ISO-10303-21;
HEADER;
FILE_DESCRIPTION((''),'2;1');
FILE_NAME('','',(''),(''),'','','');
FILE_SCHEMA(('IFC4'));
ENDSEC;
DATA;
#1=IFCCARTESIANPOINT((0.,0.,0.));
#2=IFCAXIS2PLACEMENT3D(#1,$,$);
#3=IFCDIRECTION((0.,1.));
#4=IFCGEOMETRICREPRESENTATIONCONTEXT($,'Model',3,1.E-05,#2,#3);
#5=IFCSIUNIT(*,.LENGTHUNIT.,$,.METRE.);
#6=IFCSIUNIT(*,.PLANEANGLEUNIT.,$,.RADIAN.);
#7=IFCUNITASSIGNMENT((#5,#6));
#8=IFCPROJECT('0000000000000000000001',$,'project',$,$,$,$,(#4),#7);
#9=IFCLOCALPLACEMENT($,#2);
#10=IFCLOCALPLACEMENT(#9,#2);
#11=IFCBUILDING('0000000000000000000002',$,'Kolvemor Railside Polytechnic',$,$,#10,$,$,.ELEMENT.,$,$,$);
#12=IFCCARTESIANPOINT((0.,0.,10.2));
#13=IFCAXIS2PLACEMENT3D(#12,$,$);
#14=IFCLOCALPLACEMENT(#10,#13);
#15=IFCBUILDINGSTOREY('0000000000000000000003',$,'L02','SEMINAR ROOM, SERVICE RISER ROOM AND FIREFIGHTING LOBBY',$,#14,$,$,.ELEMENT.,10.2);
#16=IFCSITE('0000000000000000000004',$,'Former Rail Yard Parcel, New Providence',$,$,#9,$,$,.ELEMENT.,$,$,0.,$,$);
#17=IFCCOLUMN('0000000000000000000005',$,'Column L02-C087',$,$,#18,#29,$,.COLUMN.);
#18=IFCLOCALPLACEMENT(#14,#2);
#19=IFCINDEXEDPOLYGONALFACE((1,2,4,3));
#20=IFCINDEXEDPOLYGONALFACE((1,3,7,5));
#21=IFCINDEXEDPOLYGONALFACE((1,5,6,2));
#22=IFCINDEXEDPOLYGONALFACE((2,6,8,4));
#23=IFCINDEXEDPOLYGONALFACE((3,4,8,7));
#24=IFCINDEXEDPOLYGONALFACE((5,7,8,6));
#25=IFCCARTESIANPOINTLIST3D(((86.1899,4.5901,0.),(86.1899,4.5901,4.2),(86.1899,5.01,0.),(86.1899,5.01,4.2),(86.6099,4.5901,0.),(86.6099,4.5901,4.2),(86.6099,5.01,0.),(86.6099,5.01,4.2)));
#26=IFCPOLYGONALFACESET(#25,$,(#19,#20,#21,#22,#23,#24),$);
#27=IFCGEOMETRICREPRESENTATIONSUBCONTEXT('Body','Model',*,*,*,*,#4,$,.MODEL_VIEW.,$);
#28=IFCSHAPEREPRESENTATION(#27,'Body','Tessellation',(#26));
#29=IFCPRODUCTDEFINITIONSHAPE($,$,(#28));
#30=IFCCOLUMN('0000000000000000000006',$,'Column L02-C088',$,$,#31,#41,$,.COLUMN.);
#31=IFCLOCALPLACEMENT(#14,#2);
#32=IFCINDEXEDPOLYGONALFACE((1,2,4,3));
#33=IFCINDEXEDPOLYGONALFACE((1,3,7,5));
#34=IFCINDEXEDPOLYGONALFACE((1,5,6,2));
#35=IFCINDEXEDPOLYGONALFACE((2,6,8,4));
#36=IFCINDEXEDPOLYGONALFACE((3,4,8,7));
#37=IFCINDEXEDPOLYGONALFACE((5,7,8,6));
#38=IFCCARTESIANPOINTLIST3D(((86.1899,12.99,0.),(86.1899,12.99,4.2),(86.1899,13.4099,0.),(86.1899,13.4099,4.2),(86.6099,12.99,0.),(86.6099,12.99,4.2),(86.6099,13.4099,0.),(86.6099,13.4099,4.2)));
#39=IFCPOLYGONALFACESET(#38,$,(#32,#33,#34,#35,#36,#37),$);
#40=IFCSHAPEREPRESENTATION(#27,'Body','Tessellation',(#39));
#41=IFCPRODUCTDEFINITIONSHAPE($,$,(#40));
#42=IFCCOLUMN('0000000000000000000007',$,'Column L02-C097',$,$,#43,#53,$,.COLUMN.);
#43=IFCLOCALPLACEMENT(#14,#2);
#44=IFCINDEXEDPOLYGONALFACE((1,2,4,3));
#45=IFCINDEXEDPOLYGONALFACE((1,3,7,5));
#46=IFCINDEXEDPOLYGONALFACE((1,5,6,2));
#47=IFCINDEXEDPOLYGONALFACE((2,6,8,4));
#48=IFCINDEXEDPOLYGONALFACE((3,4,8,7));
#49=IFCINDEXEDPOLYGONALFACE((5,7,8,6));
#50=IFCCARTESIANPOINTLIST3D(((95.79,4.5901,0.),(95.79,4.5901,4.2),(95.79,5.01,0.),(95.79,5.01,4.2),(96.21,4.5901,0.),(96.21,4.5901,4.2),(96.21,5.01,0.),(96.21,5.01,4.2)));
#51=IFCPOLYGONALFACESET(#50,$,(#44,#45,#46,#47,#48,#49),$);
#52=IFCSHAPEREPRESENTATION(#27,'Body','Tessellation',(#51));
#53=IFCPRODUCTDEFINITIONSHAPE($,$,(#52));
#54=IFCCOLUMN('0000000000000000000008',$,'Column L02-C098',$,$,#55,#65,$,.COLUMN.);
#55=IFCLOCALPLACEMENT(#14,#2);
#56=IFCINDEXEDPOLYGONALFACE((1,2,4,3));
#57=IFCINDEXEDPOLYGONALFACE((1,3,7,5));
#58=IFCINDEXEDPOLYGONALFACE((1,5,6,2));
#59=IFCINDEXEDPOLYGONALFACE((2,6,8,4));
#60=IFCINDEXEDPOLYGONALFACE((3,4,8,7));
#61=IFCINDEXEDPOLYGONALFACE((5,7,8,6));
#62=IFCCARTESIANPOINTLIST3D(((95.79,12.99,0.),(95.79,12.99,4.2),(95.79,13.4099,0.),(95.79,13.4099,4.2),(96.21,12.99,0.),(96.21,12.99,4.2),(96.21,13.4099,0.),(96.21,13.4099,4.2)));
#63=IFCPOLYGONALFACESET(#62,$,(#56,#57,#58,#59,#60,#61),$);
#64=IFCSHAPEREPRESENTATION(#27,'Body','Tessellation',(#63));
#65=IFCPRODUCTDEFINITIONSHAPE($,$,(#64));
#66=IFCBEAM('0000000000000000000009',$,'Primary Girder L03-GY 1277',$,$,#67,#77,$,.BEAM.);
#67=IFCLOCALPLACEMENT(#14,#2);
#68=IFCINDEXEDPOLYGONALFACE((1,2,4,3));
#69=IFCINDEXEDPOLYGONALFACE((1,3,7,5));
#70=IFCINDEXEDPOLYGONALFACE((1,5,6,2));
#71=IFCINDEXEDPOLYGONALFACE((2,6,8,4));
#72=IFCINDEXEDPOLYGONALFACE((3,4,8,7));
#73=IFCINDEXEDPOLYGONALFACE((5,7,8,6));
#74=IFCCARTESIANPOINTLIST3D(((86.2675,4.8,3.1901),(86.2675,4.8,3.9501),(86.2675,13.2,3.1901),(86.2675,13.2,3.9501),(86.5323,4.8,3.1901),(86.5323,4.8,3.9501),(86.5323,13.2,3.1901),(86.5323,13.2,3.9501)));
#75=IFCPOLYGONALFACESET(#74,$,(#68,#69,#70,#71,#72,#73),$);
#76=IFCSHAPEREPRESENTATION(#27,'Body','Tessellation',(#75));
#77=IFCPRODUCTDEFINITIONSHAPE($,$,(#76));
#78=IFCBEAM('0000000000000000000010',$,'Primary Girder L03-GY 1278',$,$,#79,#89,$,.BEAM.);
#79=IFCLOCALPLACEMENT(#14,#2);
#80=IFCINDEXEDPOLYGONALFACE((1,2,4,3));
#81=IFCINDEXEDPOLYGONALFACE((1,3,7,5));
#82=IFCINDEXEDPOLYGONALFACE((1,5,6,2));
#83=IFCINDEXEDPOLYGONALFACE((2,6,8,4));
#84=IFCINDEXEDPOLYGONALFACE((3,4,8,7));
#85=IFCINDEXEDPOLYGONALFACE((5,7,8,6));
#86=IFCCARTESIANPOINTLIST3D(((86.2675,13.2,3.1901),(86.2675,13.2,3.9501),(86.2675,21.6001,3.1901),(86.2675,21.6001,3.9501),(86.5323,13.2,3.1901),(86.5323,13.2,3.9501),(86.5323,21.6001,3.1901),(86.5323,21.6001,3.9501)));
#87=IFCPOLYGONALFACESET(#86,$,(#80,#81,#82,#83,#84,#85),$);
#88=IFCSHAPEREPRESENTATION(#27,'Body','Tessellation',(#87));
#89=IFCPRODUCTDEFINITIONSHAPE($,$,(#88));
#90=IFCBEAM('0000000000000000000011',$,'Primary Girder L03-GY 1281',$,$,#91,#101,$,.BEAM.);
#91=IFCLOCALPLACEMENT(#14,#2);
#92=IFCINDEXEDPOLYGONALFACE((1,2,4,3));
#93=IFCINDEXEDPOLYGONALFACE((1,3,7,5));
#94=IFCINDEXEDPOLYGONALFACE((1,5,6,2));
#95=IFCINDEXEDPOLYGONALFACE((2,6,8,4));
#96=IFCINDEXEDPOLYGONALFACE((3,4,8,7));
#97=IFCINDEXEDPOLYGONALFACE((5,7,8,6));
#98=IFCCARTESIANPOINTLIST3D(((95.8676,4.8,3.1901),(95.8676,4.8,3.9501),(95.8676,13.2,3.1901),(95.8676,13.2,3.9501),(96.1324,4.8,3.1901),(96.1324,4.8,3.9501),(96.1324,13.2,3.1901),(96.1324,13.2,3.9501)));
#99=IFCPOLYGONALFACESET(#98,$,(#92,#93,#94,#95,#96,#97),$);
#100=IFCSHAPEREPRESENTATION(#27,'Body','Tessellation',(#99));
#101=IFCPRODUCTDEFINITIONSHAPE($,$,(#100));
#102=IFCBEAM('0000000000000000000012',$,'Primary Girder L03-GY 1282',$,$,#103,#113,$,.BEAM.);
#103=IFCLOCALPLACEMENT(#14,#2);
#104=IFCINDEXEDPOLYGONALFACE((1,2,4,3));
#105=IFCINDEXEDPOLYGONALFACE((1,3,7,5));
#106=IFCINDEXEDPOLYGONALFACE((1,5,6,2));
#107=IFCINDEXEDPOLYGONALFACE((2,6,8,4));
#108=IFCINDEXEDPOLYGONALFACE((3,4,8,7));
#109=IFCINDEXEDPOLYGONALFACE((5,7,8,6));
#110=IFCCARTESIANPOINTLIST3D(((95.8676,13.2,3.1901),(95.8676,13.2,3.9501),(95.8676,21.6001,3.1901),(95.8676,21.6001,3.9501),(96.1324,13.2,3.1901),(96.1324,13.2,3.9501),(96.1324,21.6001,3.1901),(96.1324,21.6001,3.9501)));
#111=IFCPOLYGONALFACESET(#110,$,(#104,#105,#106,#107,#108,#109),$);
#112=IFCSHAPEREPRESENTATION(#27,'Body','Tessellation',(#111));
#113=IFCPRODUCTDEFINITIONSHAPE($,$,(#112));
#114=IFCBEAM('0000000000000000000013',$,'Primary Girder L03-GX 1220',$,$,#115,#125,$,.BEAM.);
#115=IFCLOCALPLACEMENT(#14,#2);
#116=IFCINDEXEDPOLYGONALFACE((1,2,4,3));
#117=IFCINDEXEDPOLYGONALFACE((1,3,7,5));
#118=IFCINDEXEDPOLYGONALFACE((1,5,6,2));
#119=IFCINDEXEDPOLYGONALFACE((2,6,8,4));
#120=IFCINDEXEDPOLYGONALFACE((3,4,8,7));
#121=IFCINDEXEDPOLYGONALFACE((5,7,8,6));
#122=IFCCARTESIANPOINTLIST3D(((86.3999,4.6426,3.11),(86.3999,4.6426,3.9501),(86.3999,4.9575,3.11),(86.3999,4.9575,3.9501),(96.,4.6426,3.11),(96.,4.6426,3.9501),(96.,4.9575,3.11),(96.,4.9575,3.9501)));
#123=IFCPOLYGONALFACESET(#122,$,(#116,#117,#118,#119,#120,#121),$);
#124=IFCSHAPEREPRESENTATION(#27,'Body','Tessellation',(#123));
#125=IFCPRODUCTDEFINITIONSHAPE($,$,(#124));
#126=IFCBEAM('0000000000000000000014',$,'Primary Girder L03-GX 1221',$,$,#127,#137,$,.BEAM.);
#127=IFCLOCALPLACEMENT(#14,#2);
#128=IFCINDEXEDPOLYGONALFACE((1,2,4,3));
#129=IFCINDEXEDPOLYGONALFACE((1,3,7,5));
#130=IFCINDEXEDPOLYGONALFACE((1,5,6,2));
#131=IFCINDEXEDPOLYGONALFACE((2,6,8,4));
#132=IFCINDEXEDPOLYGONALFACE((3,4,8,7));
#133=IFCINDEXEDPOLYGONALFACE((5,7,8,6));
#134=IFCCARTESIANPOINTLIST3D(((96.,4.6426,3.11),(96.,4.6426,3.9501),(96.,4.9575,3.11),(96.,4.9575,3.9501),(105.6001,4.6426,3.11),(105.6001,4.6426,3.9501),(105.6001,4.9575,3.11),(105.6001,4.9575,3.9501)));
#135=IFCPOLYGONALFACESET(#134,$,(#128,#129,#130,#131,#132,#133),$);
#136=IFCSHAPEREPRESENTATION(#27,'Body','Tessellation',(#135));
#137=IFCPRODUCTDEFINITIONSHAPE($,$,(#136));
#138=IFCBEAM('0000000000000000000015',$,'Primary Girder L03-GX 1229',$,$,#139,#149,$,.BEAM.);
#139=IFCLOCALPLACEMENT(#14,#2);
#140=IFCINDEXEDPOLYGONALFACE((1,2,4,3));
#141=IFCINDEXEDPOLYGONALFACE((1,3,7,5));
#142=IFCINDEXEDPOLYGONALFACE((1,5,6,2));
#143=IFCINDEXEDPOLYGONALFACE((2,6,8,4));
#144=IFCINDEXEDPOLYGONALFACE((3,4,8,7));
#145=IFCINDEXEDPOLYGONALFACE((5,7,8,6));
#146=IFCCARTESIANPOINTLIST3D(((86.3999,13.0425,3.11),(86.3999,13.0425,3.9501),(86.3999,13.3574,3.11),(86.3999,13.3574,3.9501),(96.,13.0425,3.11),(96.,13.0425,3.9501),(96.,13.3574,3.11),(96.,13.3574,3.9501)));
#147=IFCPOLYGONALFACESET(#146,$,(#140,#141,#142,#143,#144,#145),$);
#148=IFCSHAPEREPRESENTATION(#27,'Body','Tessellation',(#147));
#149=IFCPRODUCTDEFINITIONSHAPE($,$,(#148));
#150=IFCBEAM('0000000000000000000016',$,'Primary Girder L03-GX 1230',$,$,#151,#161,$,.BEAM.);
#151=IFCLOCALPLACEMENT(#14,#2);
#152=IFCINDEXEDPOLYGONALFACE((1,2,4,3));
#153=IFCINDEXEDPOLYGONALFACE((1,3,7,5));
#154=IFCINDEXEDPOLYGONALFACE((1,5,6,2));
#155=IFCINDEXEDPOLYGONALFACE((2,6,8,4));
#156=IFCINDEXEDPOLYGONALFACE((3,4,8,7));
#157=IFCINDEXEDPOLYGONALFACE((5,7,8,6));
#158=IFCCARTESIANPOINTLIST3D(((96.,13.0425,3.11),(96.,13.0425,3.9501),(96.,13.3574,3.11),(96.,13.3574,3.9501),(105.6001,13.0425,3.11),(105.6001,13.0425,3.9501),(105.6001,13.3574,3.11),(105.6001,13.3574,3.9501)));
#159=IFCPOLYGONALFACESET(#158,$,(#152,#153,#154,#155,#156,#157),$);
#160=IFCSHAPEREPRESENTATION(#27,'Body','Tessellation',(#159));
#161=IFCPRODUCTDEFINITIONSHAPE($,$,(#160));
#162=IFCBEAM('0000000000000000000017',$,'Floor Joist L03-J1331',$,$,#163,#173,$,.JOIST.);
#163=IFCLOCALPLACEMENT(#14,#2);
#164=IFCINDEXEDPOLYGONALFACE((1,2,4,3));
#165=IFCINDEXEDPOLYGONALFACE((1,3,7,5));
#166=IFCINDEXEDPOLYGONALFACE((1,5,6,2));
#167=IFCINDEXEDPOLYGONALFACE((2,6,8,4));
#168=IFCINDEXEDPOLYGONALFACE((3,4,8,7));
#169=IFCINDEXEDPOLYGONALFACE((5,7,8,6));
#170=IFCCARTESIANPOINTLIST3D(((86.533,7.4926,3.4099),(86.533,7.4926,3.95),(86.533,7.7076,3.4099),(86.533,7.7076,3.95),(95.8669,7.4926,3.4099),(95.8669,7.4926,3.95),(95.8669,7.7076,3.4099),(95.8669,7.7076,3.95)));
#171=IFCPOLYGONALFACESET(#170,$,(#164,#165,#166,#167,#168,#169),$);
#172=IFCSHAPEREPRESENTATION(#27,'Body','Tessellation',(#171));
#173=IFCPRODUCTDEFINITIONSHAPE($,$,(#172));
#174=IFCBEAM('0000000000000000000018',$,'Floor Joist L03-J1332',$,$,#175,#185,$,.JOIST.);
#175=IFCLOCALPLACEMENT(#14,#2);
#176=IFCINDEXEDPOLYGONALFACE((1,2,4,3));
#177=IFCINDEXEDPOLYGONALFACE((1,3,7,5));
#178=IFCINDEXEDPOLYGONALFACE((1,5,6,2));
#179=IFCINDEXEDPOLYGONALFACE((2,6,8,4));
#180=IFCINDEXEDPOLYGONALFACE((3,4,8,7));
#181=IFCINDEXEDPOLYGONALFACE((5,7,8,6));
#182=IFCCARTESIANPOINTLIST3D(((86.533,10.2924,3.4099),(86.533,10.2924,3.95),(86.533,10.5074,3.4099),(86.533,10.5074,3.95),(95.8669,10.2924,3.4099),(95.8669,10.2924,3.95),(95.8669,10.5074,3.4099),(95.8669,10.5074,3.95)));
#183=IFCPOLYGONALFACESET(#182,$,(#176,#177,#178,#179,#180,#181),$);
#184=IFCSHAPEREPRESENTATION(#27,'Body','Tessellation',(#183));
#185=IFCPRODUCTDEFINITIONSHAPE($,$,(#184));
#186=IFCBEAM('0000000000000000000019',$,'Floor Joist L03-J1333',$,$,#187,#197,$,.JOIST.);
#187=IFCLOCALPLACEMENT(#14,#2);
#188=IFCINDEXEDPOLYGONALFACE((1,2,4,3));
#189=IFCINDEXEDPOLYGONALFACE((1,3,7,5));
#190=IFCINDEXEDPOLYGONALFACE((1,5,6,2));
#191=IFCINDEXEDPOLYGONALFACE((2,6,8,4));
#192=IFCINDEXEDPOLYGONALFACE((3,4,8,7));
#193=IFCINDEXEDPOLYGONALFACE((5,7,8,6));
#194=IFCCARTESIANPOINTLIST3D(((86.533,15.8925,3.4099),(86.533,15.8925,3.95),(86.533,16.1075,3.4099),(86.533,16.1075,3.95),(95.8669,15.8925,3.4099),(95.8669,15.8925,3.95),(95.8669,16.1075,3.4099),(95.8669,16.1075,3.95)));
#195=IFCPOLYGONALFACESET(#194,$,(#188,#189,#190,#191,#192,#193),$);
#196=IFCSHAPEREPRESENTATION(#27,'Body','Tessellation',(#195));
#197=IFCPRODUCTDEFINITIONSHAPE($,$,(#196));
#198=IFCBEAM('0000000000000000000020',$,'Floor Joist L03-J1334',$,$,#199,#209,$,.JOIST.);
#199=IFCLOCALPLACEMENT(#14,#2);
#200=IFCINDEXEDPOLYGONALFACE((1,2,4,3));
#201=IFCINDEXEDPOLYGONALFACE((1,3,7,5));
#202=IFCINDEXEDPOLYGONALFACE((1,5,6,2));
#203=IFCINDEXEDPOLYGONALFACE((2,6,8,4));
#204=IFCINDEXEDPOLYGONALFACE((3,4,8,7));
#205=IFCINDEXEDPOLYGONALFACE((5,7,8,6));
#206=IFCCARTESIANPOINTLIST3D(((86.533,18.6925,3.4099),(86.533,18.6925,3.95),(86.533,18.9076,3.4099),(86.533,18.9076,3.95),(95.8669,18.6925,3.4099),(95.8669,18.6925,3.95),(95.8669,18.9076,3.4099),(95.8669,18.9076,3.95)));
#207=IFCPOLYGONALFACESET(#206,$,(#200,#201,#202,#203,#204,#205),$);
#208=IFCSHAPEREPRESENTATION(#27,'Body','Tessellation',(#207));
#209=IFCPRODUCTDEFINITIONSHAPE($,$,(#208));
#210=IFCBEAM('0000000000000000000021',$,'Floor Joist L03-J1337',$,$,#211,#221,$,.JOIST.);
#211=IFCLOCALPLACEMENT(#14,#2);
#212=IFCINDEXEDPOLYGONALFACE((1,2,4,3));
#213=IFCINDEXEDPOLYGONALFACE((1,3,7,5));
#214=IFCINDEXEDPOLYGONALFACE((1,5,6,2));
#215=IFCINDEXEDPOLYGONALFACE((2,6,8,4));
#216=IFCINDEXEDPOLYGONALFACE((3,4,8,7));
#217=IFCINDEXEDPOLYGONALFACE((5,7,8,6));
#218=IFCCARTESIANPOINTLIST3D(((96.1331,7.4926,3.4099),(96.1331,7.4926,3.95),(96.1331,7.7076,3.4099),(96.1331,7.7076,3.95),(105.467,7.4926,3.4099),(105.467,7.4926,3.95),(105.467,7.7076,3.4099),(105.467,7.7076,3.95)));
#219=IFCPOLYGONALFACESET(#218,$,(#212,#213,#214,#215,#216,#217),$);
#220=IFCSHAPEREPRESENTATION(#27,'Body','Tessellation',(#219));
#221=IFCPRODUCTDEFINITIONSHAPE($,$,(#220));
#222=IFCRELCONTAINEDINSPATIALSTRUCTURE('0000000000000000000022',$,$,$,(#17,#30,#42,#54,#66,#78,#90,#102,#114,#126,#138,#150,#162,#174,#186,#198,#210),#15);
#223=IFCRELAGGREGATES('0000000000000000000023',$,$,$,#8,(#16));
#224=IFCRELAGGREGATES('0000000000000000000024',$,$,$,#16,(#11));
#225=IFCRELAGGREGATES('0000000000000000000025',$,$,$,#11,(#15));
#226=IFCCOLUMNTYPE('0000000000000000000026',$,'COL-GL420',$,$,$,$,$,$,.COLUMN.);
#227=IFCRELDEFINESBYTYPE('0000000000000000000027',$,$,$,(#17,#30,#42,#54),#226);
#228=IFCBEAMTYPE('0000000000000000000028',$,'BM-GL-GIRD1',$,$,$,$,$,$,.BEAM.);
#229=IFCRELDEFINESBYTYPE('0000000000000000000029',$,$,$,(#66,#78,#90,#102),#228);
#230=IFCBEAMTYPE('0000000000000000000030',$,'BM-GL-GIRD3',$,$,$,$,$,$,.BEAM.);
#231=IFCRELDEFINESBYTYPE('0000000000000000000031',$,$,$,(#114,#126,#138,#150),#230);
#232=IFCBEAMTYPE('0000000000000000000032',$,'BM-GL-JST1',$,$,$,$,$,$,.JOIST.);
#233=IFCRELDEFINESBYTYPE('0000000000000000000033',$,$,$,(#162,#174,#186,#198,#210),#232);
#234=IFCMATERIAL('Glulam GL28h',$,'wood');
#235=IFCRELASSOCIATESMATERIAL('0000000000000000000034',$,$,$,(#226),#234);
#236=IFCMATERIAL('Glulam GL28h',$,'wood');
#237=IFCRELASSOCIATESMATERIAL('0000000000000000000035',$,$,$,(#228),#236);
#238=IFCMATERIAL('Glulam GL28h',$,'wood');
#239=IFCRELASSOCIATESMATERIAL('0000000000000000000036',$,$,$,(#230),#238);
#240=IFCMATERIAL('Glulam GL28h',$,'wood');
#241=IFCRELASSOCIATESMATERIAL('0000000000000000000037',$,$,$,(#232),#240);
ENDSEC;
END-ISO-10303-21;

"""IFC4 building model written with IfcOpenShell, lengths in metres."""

from ifc_helpers import new_model, si_unit, direction, frame, origin, origin_2d, place, context, subcontext, project, spatial, rectangle, extrude, material, material_profile, profile_set, type_object, element, save


model = new_model("IFC4")

# Units and contexts
model_context = context("Model", 3, precision=1e-05, world=origin(), true_north=direction((0.0, 1.0)))
body_context = subcontext(model_context, "Body", "Model", "MODEL_VIEW")
ifc_project = project(units=[si_unit("LENGTHUNIT", "METRE"), si_unit("PLANEANGLEUNIT", "RADIAN")], contexts=[model_context])

# Site, building, storey
site_placement = place(None, origin())
site = spatial("IfcSite", under=ifc_project, at=site_placement, Name="Former Rail Yard Parcel, New Providence", CompositionType="ELEMENT", RefElevation=0.0)
building_placement = place(site_placement, origin())
building = spatial("IfcBuilding", under=site, at=building_placement, Name="Kolvemor Railside Polytechnic", CompositionType="ELEMENT")
storey_placement = place(building_placement, frame((0.0, 0.0, 10.2)))
storey = spatial("IfcBuildingStorey", under=building, at=storey_placement, Name="L02", Description="SEMINAR ROOM, SERVICE RISER ROOM AND FIREFIGHTING LOBBY", CompositionType="ELEMENT", Elevation=10.2)

# Columns
ifc_material_1 = material(Name="Glulam GL28h", Category="wood")
ifc_material_profile_1 = material_profile(ifc_material_1, rectangle(XDim=0.4199, YDim=0.4199, at=origin_2d()), Name="GL420x420")
ifc_profile_set_1 = profile_set([ifc_material_profile_1], Name="Glulam GL28h")
column_type = type_object("IfcColumnType", Name="COL-GL420", PredefinedType="COLUMN", material=ifc_profile_set_1)
for number, where, z_axis, x_axis, name in (
    (1, (86.3999, 4.8, 0.0), (0.0, 0.0, 1.0), (1.0, 0.0, 0.0), "Column L02-C087"),
    (2, (86.3999, 13.2, 0.0), (0.0, 0.0, 1.0), (1.0, 0.0, 0.0), "Column L02-C088"),
    (3, (96.0, 4.8, 0.0), (0.0, 0.0, 1.0), (1.0, 0.0, 0.0), "Column L02-C097"),
    (4, (96.0, 13.2, 0.0), (0.0, 0.0, 1.0), (1.0, 0.0, 0.0), "Column L02-C098"),
):
    element("IfcColumn", number, at=place(storey_placement, frame(where, z_axis=z_axis, x_axis=x_axis)), inside=storey, type_object=column_type, Name=name, PredefinedType="COLUMN", context=body_context, shape_type="SweptSolid", body=[
        extrude(rectangle(XDim=0.4199, YDim=0.4199, at=origin_2d()), origin(), (0.0, 0.0, 1.0), 4.2),
    ])

# Beams
ifc_material_2 = material(Name="Glulam GL28h", Category="wood")
ifc_material_profile_2 = material_profile(ifc_material_2, rectangle(XDim=0.2649, YDim=0.76, at=origin_2d()), Name="GL265x760")
ifc_profile_set_2 = profile_set([ifc_material_profile_2], Name="Glulam GL28h")
beam_type_1 = type_object("IfcBeamType", Name="BM-GL-GIRD1", PredefinedType="BEAM", material=ifc_profile_set_2)
beam_1_placement = place(storey_placement, frame((86.3999, 4.8, 3.5701), z_axis=(0.0, 1.0, 0.0), x_axis=(-1.0, 0.0, 0.0)))
element("IfcBeam", 5, at=beam_1_placement, inside=storey, type_object=beam_type_1, Name="Primary Girder L03-GY 1277", PredefinedType="BEAM", context=body_context, shape_type="SweptSolid", body=[
    extrude(rectangle(XDim=0.2649, YDim=0.76, at=origin_2d()), origin(), (0.0, 0.0, 1.0), 8.3999),
])
beam_2_placement = place(storey_placement, frame((86.3999, 13.2, 3.5701), z_axis=(0.0, 1.0, 0.0), x_axis=(-1.0, 0.0, 0.0)))
element("IfcBeam", 6, at=beam_2_placement, inside=storey, type_object=beam_type_1, Name="Primary Girder L03-GY 1278", PredefinedType="BEAM", context=body_context, shape_type="SweptSolid", body=[
    extrude(rectangle(XDim=0.2649, YDim=0.76, at=origin_2d()), origin(), (0.0, 0.0, 1.0), 8.4001),
])
beam_3_placement = place(storey_placement, frame((96.0, 4.8, 3.5701), z_axis=(0.0, 1.0, 0.0), x_axis=(-1.0, 0.0, 0.0)))
element("IfcBeam", 7, at=beam_3_placement, inside=storey, type_object=beam_type_1, Name="Primary Girder L03-GY 1281", PredefinedType="BEAM", context=body_context, shape_type="SweptSolid", body=[
    extrude(rectangle(XDim=0.2649, YDim=0.76, at=origin_2d()), origin(), (0.0, 0.0, 1.0), 8.3999),
])
beam_4_placement = place(storey_placement, frame((96.0, 13.2, 3.5701), z_axis=(0.0, 1.0, 0.0), x_axis=(-1.0, 0.0, 0.0)))
element("IfcBeam", 8, at=beam_4_placement, inside=storey, type_object=beam_type_1, Name="Primary Girder L03-GY 1282", PredefinedType="BEAM", context=body_context, shape_type="SweptSolid", body=[
    extrude(rectangle(XDim=0.2649, YDim=0.76, at=origin_2d()), origin(), (0.0, 0.0, 1.0), 8.4001),
])
ifc_material_3 = material(Name="Glulam GL28h", Category="wood")
ifc_material_profile_3 = material_profile(ifc_material_3, rectangle(XDim=0.3149, YDim=0.8401, at=origin_2d()), Name="GL315x840")
ifc_profile_set_3 = profile_set([ifc_material_profile_3], Name="Glulam GL28h")
beam_type_2 = type_object("IfcBeamType", Name="BM-GL-GIRD3", PredefinedType="BEAM", material=ifc_profile_set_3)
for number, where, z_axis, x_axis, name in (
    (9, (86.3999, 4.8, 3.53), (1.0, 0.0, 0.0), (0.0, 1.0, 0.0), "Primary Girder L03-GX 1220"),
    (10, (96.0, 4.8, 3.53), (1.0, 0.0, 0.0), (0.0, 1.0, 0.0), "Primary Girder L03-GX 1221"),
    (11, (86.3999, 13.2, 3.53), (1.0, 0.0, 0.0), (0.0, 1.0, 0.0), "Primary Girder L03-GX 1229"),
    (12, (96.0, 13.2, 3.53), (1.0, 0.0, 0.0), (0.0, 1.0, 0.0), "Primary Girder L03-GX 1230"),
):
    element("IfcBeam", number, at=place(storey_placement, frame(where, z_axis=z_axis, x_axis=x_axis)), inside=storey, type_object=beam_type_2, Name=name, PredefinedType="BEAM", context=body_context, shape_type="SweptSolid", body=[
        extrude(rectangle(XDim=0.3149, YDim=0.8401, at=origin_2d()), origin(), (0.0, 0.0, 1.0), 9.6001),
    ])
ifc_material_4 = material(Name="Glulam GL28h", Category="wood")
ifc_material_profile_4 = material_profile(ifc_material_4, rectangle(XDim=0.2151, YDim=0.54, at=origin_2d()), Name="GL215x540")
ifc_profile_set_4 = profile_set([ifc_material_profile_4], Name="Glulam GL28h")
beam_type_3 = type_object("IfcBeamType", Name="BM-GL-JST1", PredefinedType="JOIST", material=ifc_profile_set_4)
for number, where, z_axis, x_axis, name in (
    (13, (86.533, 7.6001, 3.6799), (1.0, 0.0, 0.0), (0.0, 1.0, 0.0), "Floor Joist L03-J1331"),
    (14, (86.533, 10.3999, 3.6799), (1.0, 0.0, 0.0), (0.0, 1.0, 0.0), "Floor Joist L03-J1332"),
    (15, (86.533, 16.0, 3.6799), (1.0, 0.0, 0.0), (0.0, 1.0, 0.0), "Floor Joist L03-J1333"),
    (16, (86.533, 18.8, 3.6799), (1.0, 0.0, 0.0), (0.0, 1.0, 0.0), "Floor Joist L03-J1334"),
    (17, (96.1331, 7.6001, 3.6799), (1.0, 0.0, 0.0), (0.0, 1.0, 0.0), "Floor Joist L03-J1337"),
):
    element("IfcBeam", number, at=place(storey_placement, frame(where, z_axis=z_axis, x_axis=x_axis)), inside=storey, type_object=beam_type_3, Name=name, PredefinedType="JOIST", context=body_context, shape_type="SweptSolid", body=[
        extrude(rectangle(XDim=0.2151, YDim=0.54, at=origin_2d()), origin(), (0.0, 0.0, 1.0), 9.334),
    ])

save(model, "model.ifc")
